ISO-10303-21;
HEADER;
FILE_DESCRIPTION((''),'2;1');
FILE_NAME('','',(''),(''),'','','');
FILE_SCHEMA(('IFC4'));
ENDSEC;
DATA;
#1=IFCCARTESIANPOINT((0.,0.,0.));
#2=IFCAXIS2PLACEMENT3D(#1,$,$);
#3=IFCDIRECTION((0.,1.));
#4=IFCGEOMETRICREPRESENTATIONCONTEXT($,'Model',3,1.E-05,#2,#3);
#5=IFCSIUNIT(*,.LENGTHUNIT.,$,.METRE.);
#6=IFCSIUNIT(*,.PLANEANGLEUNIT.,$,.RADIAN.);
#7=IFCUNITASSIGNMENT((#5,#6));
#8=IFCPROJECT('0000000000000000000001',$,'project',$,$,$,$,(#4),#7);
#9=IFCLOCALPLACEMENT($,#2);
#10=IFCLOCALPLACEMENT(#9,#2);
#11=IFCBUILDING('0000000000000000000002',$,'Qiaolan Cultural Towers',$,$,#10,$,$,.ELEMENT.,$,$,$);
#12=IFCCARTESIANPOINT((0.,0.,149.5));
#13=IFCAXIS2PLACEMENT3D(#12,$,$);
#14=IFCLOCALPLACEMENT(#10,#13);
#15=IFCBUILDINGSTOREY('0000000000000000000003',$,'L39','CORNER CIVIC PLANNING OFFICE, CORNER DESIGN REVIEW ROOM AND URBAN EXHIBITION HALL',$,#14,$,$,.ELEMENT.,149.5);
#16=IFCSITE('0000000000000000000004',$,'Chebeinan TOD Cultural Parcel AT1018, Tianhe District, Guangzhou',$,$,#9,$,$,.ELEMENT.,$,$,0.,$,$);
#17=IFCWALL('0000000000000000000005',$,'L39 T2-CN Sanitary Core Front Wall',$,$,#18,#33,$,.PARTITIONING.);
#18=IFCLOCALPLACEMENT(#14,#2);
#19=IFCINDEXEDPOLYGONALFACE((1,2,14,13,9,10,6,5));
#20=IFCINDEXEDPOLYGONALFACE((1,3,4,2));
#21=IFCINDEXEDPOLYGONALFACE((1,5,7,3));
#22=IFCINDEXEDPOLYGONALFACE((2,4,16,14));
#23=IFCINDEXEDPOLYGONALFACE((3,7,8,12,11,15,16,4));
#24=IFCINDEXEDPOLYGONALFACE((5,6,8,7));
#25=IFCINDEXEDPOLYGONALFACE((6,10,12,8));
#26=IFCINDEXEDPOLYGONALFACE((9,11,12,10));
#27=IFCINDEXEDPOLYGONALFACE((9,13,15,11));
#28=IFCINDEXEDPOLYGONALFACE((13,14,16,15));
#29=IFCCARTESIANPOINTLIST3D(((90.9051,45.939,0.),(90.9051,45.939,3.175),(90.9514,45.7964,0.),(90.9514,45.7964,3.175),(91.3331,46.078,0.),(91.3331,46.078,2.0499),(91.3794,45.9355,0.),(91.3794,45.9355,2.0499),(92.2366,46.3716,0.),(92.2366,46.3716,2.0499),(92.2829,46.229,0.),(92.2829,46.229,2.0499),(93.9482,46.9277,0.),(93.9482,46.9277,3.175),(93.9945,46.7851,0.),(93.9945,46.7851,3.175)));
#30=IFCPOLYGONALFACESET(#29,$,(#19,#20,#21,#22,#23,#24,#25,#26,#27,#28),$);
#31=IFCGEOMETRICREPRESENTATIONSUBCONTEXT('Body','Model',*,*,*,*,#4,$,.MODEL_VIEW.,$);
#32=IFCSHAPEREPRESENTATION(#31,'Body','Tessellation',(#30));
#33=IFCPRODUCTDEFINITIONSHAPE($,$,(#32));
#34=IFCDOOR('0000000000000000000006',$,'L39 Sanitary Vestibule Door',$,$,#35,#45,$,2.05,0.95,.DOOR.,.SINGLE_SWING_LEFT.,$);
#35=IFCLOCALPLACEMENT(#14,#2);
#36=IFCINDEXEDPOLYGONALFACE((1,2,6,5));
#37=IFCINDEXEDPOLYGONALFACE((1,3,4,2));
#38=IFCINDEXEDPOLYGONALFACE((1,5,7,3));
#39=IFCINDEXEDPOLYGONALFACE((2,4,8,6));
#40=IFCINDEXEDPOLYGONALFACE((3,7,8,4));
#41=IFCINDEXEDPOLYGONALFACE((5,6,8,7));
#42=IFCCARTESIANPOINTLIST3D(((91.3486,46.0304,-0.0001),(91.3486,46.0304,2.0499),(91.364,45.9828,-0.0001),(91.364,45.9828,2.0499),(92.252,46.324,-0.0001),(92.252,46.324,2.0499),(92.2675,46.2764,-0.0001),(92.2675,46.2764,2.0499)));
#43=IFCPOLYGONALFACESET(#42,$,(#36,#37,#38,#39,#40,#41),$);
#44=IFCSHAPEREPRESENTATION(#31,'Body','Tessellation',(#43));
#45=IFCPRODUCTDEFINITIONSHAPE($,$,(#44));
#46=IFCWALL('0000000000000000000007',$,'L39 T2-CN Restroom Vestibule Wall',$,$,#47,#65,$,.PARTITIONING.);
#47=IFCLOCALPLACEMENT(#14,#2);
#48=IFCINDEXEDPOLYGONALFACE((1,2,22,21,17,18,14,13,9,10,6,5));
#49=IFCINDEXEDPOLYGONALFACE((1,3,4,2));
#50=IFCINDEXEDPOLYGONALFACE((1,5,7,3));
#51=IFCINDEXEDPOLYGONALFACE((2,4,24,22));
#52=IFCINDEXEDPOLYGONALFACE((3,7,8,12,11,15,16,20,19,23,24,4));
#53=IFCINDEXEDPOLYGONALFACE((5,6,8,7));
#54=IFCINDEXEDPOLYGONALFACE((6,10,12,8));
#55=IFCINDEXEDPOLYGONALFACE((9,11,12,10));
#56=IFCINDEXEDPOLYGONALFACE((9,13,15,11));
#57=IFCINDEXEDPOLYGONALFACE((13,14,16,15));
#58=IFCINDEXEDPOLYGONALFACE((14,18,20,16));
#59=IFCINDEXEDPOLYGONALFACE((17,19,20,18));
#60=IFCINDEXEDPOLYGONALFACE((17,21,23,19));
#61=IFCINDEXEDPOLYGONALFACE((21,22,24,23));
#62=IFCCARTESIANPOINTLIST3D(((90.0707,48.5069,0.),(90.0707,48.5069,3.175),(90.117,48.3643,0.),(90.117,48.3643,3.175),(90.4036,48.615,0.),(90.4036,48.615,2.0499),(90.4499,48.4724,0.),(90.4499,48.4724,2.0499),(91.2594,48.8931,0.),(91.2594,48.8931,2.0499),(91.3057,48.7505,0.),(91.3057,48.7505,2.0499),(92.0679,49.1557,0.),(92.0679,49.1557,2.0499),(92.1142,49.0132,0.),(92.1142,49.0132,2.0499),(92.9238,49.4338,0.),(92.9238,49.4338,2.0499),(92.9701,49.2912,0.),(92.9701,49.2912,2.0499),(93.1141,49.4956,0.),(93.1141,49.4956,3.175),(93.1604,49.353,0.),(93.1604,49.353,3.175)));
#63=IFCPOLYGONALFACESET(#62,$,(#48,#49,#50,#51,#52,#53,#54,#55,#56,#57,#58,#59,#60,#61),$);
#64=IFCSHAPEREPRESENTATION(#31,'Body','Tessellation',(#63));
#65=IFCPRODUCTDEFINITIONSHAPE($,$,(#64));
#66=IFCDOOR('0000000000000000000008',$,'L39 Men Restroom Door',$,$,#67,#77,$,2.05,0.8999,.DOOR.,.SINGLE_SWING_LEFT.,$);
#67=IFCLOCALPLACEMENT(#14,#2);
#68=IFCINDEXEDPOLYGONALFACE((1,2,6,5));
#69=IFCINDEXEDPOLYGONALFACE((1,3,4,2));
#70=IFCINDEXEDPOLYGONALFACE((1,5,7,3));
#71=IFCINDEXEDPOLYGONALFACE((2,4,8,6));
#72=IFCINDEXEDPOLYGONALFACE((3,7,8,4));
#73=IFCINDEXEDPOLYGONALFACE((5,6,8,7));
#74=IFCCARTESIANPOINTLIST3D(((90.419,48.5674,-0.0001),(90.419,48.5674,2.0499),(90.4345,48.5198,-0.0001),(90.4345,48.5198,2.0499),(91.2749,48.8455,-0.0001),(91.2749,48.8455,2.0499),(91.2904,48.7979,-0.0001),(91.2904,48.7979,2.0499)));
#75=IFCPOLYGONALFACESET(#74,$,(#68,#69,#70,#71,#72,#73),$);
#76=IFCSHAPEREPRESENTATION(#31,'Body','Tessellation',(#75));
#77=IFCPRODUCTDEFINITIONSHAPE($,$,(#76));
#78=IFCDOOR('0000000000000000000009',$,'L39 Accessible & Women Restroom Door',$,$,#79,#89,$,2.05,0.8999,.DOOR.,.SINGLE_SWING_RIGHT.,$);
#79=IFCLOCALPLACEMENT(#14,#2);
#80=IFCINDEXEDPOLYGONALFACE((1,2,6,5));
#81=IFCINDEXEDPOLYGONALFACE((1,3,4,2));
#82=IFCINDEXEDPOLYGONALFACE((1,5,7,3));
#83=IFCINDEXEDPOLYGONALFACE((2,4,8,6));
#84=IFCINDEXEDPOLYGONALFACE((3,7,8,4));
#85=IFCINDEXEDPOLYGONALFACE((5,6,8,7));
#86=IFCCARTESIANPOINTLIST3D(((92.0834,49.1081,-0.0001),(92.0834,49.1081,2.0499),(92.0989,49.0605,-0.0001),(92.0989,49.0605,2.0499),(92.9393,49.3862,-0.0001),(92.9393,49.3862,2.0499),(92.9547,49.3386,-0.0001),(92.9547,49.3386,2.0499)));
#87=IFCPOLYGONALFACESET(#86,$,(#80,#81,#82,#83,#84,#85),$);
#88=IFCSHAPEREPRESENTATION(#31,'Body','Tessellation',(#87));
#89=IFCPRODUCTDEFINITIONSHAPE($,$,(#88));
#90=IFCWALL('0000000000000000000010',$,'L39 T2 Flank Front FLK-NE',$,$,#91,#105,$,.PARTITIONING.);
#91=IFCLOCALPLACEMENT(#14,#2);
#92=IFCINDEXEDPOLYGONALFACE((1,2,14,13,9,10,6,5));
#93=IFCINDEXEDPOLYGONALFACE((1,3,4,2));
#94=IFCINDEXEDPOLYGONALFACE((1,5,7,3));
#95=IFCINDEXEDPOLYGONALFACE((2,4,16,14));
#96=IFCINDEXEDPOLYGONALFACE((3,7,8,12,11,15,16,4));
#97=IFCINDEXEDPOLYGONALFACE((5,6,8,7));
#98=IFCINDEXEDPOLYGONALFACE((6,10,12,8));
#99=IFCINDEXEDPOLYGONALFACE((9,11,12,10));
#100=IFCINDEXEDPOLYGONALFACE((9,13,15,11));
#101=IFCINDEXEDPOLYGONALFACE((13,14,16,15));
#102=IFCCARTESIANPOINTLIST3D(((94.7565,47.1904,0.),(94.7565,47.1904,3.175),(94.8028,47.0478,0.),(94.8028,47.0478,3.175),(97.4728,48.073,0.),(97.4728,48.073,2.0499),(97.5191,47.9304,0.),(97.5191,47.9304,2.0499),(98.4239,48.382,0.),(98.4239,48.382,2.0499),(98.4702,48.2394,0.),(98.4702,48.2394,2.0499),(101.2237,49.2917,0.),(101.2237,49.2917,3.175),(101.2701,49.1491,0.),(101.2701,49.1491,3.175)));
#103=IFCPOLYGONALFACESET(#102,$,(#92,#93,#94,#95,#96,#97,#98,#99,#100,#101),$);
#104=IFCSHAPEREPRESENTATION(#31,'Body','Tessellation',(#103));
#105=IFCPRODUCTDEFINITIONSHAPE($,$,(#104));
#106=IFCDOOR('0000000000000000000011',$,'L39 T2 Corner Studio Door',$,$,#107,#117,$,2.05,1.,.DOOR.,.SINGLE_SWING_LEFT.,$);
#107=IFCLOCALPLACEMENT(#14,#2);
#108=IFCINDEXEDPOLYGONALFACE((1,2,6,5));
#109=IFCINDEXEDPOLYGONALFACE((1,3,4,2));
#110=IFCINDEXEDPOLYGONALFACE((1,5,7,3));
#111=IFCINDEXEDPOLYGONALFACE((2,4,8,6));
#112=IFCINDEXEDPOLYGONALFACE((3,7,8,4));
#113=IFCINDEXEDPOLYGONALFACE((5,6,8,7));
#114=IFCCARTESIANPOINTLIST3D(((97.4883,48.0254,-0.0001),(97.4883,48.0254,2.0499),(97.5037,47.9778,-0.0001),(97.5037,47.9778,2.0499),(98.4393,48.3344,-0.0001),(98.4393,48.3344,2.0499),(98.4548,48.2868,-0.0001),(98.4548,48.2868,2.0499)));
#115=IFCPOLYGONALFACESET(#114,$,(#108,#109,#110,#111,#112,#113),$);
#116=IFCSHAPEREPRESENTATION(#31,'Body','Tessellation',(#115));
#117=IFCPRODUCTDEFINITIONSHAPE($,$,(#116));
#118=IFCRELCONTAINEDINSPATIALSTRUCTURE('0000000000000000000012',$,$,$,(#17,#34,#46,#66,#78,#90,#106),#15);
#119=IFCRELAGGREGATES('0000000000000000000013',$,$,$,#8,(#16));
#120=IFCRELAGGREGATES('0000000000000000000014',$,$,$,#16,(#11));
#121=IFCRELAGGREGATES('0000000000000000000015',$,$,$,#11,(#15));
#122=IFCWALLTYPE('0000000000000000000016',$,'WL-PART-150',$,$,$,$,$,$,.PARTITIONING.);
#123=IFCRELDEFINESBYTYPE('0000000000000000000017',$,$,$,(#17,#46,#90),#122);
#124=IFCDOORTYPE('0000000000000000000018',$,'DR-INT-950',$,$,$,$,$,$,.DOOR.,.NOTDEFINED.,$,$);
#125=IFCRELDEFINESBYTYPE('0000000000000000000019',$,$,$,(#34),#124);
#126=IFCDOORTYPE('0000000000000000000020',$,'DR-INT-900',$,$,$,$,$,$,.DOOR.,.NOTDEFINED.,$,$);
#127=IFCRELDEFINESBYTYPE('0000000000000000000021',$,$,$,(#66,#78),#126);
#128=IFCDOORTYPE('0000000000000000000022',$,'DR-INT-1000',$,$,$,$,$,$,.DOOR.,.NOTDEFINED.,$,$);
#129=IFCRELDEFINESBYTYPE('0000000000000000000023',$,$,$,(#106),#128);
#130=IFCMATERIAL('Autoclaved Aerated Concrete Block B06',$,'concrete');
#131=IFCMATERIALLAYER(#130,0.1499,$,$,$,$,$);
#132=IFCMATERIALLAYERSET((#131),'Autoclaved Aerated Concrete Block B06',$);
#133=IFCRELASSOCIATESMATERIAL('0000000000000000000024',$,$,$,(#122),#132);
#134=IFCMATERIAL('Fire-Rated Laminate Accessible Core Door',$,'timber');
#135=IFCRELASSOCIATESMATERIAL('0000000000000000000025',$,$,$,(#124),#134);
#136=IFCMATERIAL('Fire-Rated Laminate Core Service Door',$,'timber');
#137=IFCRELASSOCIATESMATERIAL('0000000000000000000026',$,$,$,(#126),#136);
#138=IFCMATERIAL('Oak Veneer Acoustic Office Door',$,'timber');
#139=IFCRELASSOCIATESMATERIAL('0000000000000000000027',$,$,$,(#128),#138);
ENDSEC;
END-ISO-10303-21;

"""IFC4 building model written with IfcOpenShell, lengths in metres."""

from ifc_helpers import new_model, si_unit, direction, frame, frame_2d, origin, place, context, subcontext, project, spatial, rectangle, extrude, material, layer, layer_set, type_object, element, fill, save


model = new_model("IFC4")

# Units and contexts
model_context = context("Model", 3, precision=1e-05, world=origin(), true_north=direction((0.0, 1.0)))
body_context = subcontext(model_context, "Body", "Model", "MODEL_VIEW")
ifc_project = project(units=[si_unit("LENGTHUNIT", "METRE"), si_unit("PLANEANGLEUNIT", "RADIAN")], contexts=[model_context])

# Site, building, storey
site_placement = place(None, origin())
site = spatial("IfcSite", under=ifc_project, at=site_placement, Name="Chebeinan TOD Cultural Parcel AT1018, Tianhe District, Guangzhou", CompositionType="ELEMENT", RefElevation=0.0)
building_placement = place(site_placement, origin())
building = spatial("IfcBuilding", under=site, at=building_placement, Name="Qiaolan Cultural Towers", CompositionType="ELEMENT")
storey_placement = place(building_placement, frame((0.0, 0.0, 149.5)))
storey = spatial("IfcBuildingStorey", under=building, at=storey_placement, Name="L39", Description="CORNER CIVIC PLANNING OFFICE, CORNER DESIGN REVIEW ROOM AND URBAN EXHIBITION HALL", CompositionType="ELEMENT", Elevation=149.5)

# Wall, opening, door
ifc_material_1 = material(Name="Autoclaved Aerated Concrete Block B06", Category="concrete")
ifc_layer_1 = layer(ifc_material_1, 0.1499)
ifc_layer_set_1 = layer_set([ifc_layer_1], Name="Autoclaved Aerated Concrete Block B06")
wall_type_1 = type_object("IfcWallType", Name="WL-PART-150", PredefinedType="PARTITIONING", material=ifc_layer_set_1)
wall_1_placement = place(storey_placement, frame((90.9282, 45.8677, 0.0), z_axis=(0.0, 0.0, 1.0), x_axis=(0.951059, 0.309008, 0.0)))
wall_1 = element("IfcWall", 1, at=wall_1_placement, inside=storey, type_object=wall_type_1, Name="L39 T2-CN Sanitary Core Front Wall", PredefinedType="PARTITIONING", context=body_context, shape_type="SweptSolid", body=[
    extrude(rectangle(XDim=3.1997, YDim=0.1499, at=frame_2d((1.5999, 0.0))), origin(), (0.0, 0.0, 1.0), 3.175),
])
opening_1_placement = place(wall_1_placement, frame((0.45, 0.0, 0.0)))
opening_1 = element("IfcOpeningElement", 2, at=opening_1_placement, cuts=wall_1, PredefinedType="OPENING", context=body_context, shape_type="SweptSolid", body=[
    extrude(rectangle(XDim=0.95, YDim=2.05, at=frame_2d((0.4751, 1.0249))), frame((0.0, 0.085, 0.0), z_axis=(0.0, -1.0, 0.0), x_axis=(1.0, 0.0, 0.0)), (0.0, 0.0, 1.0), 0.1699),
])
ifc_material_2 = material(Name="Fire-Rated Laminate Accessible Core Door", Category="timber")
door_type_1 = type_object("IfcDoorType", Name="DR-INT-950", OperationType="NOTDEFINED", PredefinedType="DOOR", material=ifc_material_2)
door_1_placement = place(opening_1_placement, origin())
door_1 = element("IfcDoor", 3, at=door_1_placement, inside=storey, type_object=door_type_1, Name="L39 Sanitary Vestibule Door", OperationType="SINGLE_SWING_LEFT", OverallHeight=2.05, OverallWidth=0.95, PredefinedType="DOOR", context=body_context, shape_type="SweptSolid", body=[
    extrude(rectangle(XDim=0.95, YDim=2.05, at=frame_2d((0.4751, 1.0249))), frame((0.0, 0.0249, 0.0), z_axis=(0.0, -1.0, 0.0), x_axis=(1.0, 0.0, 0.0)), (0.0, 0.0, 1.0), 0.05),
])
fill(opening_1, door_1)

# Wall, openings, doors
wall_2_placement = place(storey_placement, frame((90.0938, 48.4355, 0.0), z_axis=(0.0, 0.0, 1.0), x_axis=(0.951067, 0.308986, 0.0)))
wall_2 = element("IfcWall", 4, at=wall_2_placement, inside=storey, type_object=wall_type_1, Name="L39 T2-CN Restroom Vestibule Wall", PredefinedType="PARTITIONING", context=body_context, shape_type="SweptSolid", body=[
    extrude(rectangle(XDim=3.2, YDim=0.1499, at=frame_2d((1.6001, 0.0))), origin(), (0.0, 0.0, 1.0), 3.175),
])
opening_2_placement = place(wall_2_placement, frame((0.3501, 0.0, 0.0)))
opening_2 = element("IfcOpeningElement", 5, at=opening_2_placement, cuts=wall_2, PredefinedType="OPENING", context=body_context, shape_type="SweptSolid", body=[
    extrude(rectangle(XDim=0.8999, YDim=2.05, at=frame_2d((0.45, 1.0249))), frame((0.0, 0.085, 0.0), z_axis=(0.0, -1.0, 0.0), x_axis=(1.0, 0.0, 0.0)), (0.0, 0.0, 1.0), 0.1699),
])
opening_3_placement = place(wall_2_placement, frame((2.1001, 0.0, 0.0)))
opening_3 = element("IfcOpeningElement", 6, at=opening_3_placement, cuts=wall_2, PredefinedType="OPENING", context=body_context, shape_type="SweptSolid", body=[
    extrude(rectangle(XDim=0.8999, YDim=2.05, at=frame_2d((0.45, 1.0249))), frame((0.0, 0.085, 0.0), z_axis=(0.0, -1.0, 0.0), x_axis=(1.0, 0.0, 0.0)), (0.0, 0.0, 1.0), 0.1699),
])
ifc_material_3 = material(Name="Fire-Rated Laminate Core Service Door", Category="timber")
door_type_2 = type_object("IfcDoorType", Name="DR-INT-900", OperationType="NOTDEFINED", PredefinedType="DOOR", material=ifc_material_3)
door_2_placement = place(opening_2_placement, origin())
door_2 = element("IfcDoor", 7, at=door_2_placement, inside=storey, type_object=door_type_2, Name="L39 Men Restroom Door", OperationType="SINGLE_SWING_LEFT", OverallHeight=2.05, OverallWidth=0.8999, PredefinedType="DOOR", context=body_context, shape_type="SweptSolid", body=[
    extrude(rectangle(XDim=0.8999, YDim=2.05, at=frame_2d((0.45, 1.0249))), frame((0.0, 0.0249, 0.0), z_axis=(0.0, -1.0, 0.0), x_axis=(1.0, 0.0, 0.0)), (0.0, 0.0, 1.0), 0.05),
])
fill(opening_2, door_2)
door_3_placement = place(opening_3_placement, origin())
door_3 = element("IfcDoor", 8, at=door_3_placement, inside=storey, type_object=door_type_2, Name="L39 Accessible & Women Restroom Door", OperationType="SINGLE_SWING_RIGHT", OverallHeight=2.05, OverallWidth=0.8999, PredefinedType="DOOR", context=body_context, shape_type="SweptSolid", body=[
    extrude(rectangle(XDim=0.8999, YDim=2.05, at=frame_2d((0.45, 1.0249))), frame((0.0, 0.0249, 0.0), z_axis=(0.0, -1.0, 0.0), x_axis=(1.0, 0.0, 0.0)), (0.0, 0.0, 1.0), 0.05),
])
fill(opening_3, door_3)

# Wall, opening, door
wall_3_placement = place(storey_placement, frame((94.7798, 47.1191, 0.0), z_axis=(0.0, 0.0, 1.0), x_axis=(0.951058, 0.309013, 0.0)))
wall_3 = element("IfcWall", 9, at=wall_3_placement, inside=storey, type_object=wall_type_1, Name="L39 T2 Flank Front FLK-NE", PredefinedType="PARTITIONING", context=body_context, shape_type="SweptSolid", body=[
    extrude(rectangle(XDim=6.8, YDim=0.1499, at=frame_2d((3.3999, 0.0))), origin(), (0.0, 0.0, 1.0), 3.175),
])
opening_4_placement = place(wall_3_placement, frame((2.856, 0.0, 0.0)))
opening_4 = element("IfcOpeningElement", 10, at=opening_4_placement, cuts=wall_3, PredefinedType="OPENING", context=body_context, shape_type="SweptSolid", body=[
    extrude(rectangle(XDim=1.0, YDim=2.05, at=frame_2d((0.5, 1.0249))), frame((0.0, 0.085, 0.0), z_axis=(0.0, -1.0, 0.0), x_axis=(1.0, 0.0, 0.0)), (0.0, 0.0, 1.0), 0.1699),
])
ifc_material_4 = material(Name="Oak Veneer Acoustic Office Door", Category="timber")
door_type_3 = type_object("IfcDoorType", Name="DR-INT-1000", OperationType="NOTDEFINED", PredefinedType="DOOR", material=ifc_material_4)
door_4_placement = place(opening_4_placement, origin())
door_4 = element("IfcDoor", 11, at=door_4_placement, inside=storey, type_object=door_type_3, Name="L39 T2 Corner Studio Door", OperationType="SINGLE_SWING_LEFT", OverallHeight=2.05, OverallWidth=1.0, PredefinedType="DOOR", context=body_context, shape_type="SweptSolid", body=[
    extrude(rectangle(XDim=1.0, YDim=2.05, at=frame_2d((0.5, 1.0249))), frame((0.0, 0.0249, 0.0), z_axis=(0.0, -1.0, 0.0), x_axis=(1.0, 0.0, 0.0)), (0.0, 0.0, 1.0), 0.05),
])
fill(opening_4, door_4)

save(model, "model.ifc")
